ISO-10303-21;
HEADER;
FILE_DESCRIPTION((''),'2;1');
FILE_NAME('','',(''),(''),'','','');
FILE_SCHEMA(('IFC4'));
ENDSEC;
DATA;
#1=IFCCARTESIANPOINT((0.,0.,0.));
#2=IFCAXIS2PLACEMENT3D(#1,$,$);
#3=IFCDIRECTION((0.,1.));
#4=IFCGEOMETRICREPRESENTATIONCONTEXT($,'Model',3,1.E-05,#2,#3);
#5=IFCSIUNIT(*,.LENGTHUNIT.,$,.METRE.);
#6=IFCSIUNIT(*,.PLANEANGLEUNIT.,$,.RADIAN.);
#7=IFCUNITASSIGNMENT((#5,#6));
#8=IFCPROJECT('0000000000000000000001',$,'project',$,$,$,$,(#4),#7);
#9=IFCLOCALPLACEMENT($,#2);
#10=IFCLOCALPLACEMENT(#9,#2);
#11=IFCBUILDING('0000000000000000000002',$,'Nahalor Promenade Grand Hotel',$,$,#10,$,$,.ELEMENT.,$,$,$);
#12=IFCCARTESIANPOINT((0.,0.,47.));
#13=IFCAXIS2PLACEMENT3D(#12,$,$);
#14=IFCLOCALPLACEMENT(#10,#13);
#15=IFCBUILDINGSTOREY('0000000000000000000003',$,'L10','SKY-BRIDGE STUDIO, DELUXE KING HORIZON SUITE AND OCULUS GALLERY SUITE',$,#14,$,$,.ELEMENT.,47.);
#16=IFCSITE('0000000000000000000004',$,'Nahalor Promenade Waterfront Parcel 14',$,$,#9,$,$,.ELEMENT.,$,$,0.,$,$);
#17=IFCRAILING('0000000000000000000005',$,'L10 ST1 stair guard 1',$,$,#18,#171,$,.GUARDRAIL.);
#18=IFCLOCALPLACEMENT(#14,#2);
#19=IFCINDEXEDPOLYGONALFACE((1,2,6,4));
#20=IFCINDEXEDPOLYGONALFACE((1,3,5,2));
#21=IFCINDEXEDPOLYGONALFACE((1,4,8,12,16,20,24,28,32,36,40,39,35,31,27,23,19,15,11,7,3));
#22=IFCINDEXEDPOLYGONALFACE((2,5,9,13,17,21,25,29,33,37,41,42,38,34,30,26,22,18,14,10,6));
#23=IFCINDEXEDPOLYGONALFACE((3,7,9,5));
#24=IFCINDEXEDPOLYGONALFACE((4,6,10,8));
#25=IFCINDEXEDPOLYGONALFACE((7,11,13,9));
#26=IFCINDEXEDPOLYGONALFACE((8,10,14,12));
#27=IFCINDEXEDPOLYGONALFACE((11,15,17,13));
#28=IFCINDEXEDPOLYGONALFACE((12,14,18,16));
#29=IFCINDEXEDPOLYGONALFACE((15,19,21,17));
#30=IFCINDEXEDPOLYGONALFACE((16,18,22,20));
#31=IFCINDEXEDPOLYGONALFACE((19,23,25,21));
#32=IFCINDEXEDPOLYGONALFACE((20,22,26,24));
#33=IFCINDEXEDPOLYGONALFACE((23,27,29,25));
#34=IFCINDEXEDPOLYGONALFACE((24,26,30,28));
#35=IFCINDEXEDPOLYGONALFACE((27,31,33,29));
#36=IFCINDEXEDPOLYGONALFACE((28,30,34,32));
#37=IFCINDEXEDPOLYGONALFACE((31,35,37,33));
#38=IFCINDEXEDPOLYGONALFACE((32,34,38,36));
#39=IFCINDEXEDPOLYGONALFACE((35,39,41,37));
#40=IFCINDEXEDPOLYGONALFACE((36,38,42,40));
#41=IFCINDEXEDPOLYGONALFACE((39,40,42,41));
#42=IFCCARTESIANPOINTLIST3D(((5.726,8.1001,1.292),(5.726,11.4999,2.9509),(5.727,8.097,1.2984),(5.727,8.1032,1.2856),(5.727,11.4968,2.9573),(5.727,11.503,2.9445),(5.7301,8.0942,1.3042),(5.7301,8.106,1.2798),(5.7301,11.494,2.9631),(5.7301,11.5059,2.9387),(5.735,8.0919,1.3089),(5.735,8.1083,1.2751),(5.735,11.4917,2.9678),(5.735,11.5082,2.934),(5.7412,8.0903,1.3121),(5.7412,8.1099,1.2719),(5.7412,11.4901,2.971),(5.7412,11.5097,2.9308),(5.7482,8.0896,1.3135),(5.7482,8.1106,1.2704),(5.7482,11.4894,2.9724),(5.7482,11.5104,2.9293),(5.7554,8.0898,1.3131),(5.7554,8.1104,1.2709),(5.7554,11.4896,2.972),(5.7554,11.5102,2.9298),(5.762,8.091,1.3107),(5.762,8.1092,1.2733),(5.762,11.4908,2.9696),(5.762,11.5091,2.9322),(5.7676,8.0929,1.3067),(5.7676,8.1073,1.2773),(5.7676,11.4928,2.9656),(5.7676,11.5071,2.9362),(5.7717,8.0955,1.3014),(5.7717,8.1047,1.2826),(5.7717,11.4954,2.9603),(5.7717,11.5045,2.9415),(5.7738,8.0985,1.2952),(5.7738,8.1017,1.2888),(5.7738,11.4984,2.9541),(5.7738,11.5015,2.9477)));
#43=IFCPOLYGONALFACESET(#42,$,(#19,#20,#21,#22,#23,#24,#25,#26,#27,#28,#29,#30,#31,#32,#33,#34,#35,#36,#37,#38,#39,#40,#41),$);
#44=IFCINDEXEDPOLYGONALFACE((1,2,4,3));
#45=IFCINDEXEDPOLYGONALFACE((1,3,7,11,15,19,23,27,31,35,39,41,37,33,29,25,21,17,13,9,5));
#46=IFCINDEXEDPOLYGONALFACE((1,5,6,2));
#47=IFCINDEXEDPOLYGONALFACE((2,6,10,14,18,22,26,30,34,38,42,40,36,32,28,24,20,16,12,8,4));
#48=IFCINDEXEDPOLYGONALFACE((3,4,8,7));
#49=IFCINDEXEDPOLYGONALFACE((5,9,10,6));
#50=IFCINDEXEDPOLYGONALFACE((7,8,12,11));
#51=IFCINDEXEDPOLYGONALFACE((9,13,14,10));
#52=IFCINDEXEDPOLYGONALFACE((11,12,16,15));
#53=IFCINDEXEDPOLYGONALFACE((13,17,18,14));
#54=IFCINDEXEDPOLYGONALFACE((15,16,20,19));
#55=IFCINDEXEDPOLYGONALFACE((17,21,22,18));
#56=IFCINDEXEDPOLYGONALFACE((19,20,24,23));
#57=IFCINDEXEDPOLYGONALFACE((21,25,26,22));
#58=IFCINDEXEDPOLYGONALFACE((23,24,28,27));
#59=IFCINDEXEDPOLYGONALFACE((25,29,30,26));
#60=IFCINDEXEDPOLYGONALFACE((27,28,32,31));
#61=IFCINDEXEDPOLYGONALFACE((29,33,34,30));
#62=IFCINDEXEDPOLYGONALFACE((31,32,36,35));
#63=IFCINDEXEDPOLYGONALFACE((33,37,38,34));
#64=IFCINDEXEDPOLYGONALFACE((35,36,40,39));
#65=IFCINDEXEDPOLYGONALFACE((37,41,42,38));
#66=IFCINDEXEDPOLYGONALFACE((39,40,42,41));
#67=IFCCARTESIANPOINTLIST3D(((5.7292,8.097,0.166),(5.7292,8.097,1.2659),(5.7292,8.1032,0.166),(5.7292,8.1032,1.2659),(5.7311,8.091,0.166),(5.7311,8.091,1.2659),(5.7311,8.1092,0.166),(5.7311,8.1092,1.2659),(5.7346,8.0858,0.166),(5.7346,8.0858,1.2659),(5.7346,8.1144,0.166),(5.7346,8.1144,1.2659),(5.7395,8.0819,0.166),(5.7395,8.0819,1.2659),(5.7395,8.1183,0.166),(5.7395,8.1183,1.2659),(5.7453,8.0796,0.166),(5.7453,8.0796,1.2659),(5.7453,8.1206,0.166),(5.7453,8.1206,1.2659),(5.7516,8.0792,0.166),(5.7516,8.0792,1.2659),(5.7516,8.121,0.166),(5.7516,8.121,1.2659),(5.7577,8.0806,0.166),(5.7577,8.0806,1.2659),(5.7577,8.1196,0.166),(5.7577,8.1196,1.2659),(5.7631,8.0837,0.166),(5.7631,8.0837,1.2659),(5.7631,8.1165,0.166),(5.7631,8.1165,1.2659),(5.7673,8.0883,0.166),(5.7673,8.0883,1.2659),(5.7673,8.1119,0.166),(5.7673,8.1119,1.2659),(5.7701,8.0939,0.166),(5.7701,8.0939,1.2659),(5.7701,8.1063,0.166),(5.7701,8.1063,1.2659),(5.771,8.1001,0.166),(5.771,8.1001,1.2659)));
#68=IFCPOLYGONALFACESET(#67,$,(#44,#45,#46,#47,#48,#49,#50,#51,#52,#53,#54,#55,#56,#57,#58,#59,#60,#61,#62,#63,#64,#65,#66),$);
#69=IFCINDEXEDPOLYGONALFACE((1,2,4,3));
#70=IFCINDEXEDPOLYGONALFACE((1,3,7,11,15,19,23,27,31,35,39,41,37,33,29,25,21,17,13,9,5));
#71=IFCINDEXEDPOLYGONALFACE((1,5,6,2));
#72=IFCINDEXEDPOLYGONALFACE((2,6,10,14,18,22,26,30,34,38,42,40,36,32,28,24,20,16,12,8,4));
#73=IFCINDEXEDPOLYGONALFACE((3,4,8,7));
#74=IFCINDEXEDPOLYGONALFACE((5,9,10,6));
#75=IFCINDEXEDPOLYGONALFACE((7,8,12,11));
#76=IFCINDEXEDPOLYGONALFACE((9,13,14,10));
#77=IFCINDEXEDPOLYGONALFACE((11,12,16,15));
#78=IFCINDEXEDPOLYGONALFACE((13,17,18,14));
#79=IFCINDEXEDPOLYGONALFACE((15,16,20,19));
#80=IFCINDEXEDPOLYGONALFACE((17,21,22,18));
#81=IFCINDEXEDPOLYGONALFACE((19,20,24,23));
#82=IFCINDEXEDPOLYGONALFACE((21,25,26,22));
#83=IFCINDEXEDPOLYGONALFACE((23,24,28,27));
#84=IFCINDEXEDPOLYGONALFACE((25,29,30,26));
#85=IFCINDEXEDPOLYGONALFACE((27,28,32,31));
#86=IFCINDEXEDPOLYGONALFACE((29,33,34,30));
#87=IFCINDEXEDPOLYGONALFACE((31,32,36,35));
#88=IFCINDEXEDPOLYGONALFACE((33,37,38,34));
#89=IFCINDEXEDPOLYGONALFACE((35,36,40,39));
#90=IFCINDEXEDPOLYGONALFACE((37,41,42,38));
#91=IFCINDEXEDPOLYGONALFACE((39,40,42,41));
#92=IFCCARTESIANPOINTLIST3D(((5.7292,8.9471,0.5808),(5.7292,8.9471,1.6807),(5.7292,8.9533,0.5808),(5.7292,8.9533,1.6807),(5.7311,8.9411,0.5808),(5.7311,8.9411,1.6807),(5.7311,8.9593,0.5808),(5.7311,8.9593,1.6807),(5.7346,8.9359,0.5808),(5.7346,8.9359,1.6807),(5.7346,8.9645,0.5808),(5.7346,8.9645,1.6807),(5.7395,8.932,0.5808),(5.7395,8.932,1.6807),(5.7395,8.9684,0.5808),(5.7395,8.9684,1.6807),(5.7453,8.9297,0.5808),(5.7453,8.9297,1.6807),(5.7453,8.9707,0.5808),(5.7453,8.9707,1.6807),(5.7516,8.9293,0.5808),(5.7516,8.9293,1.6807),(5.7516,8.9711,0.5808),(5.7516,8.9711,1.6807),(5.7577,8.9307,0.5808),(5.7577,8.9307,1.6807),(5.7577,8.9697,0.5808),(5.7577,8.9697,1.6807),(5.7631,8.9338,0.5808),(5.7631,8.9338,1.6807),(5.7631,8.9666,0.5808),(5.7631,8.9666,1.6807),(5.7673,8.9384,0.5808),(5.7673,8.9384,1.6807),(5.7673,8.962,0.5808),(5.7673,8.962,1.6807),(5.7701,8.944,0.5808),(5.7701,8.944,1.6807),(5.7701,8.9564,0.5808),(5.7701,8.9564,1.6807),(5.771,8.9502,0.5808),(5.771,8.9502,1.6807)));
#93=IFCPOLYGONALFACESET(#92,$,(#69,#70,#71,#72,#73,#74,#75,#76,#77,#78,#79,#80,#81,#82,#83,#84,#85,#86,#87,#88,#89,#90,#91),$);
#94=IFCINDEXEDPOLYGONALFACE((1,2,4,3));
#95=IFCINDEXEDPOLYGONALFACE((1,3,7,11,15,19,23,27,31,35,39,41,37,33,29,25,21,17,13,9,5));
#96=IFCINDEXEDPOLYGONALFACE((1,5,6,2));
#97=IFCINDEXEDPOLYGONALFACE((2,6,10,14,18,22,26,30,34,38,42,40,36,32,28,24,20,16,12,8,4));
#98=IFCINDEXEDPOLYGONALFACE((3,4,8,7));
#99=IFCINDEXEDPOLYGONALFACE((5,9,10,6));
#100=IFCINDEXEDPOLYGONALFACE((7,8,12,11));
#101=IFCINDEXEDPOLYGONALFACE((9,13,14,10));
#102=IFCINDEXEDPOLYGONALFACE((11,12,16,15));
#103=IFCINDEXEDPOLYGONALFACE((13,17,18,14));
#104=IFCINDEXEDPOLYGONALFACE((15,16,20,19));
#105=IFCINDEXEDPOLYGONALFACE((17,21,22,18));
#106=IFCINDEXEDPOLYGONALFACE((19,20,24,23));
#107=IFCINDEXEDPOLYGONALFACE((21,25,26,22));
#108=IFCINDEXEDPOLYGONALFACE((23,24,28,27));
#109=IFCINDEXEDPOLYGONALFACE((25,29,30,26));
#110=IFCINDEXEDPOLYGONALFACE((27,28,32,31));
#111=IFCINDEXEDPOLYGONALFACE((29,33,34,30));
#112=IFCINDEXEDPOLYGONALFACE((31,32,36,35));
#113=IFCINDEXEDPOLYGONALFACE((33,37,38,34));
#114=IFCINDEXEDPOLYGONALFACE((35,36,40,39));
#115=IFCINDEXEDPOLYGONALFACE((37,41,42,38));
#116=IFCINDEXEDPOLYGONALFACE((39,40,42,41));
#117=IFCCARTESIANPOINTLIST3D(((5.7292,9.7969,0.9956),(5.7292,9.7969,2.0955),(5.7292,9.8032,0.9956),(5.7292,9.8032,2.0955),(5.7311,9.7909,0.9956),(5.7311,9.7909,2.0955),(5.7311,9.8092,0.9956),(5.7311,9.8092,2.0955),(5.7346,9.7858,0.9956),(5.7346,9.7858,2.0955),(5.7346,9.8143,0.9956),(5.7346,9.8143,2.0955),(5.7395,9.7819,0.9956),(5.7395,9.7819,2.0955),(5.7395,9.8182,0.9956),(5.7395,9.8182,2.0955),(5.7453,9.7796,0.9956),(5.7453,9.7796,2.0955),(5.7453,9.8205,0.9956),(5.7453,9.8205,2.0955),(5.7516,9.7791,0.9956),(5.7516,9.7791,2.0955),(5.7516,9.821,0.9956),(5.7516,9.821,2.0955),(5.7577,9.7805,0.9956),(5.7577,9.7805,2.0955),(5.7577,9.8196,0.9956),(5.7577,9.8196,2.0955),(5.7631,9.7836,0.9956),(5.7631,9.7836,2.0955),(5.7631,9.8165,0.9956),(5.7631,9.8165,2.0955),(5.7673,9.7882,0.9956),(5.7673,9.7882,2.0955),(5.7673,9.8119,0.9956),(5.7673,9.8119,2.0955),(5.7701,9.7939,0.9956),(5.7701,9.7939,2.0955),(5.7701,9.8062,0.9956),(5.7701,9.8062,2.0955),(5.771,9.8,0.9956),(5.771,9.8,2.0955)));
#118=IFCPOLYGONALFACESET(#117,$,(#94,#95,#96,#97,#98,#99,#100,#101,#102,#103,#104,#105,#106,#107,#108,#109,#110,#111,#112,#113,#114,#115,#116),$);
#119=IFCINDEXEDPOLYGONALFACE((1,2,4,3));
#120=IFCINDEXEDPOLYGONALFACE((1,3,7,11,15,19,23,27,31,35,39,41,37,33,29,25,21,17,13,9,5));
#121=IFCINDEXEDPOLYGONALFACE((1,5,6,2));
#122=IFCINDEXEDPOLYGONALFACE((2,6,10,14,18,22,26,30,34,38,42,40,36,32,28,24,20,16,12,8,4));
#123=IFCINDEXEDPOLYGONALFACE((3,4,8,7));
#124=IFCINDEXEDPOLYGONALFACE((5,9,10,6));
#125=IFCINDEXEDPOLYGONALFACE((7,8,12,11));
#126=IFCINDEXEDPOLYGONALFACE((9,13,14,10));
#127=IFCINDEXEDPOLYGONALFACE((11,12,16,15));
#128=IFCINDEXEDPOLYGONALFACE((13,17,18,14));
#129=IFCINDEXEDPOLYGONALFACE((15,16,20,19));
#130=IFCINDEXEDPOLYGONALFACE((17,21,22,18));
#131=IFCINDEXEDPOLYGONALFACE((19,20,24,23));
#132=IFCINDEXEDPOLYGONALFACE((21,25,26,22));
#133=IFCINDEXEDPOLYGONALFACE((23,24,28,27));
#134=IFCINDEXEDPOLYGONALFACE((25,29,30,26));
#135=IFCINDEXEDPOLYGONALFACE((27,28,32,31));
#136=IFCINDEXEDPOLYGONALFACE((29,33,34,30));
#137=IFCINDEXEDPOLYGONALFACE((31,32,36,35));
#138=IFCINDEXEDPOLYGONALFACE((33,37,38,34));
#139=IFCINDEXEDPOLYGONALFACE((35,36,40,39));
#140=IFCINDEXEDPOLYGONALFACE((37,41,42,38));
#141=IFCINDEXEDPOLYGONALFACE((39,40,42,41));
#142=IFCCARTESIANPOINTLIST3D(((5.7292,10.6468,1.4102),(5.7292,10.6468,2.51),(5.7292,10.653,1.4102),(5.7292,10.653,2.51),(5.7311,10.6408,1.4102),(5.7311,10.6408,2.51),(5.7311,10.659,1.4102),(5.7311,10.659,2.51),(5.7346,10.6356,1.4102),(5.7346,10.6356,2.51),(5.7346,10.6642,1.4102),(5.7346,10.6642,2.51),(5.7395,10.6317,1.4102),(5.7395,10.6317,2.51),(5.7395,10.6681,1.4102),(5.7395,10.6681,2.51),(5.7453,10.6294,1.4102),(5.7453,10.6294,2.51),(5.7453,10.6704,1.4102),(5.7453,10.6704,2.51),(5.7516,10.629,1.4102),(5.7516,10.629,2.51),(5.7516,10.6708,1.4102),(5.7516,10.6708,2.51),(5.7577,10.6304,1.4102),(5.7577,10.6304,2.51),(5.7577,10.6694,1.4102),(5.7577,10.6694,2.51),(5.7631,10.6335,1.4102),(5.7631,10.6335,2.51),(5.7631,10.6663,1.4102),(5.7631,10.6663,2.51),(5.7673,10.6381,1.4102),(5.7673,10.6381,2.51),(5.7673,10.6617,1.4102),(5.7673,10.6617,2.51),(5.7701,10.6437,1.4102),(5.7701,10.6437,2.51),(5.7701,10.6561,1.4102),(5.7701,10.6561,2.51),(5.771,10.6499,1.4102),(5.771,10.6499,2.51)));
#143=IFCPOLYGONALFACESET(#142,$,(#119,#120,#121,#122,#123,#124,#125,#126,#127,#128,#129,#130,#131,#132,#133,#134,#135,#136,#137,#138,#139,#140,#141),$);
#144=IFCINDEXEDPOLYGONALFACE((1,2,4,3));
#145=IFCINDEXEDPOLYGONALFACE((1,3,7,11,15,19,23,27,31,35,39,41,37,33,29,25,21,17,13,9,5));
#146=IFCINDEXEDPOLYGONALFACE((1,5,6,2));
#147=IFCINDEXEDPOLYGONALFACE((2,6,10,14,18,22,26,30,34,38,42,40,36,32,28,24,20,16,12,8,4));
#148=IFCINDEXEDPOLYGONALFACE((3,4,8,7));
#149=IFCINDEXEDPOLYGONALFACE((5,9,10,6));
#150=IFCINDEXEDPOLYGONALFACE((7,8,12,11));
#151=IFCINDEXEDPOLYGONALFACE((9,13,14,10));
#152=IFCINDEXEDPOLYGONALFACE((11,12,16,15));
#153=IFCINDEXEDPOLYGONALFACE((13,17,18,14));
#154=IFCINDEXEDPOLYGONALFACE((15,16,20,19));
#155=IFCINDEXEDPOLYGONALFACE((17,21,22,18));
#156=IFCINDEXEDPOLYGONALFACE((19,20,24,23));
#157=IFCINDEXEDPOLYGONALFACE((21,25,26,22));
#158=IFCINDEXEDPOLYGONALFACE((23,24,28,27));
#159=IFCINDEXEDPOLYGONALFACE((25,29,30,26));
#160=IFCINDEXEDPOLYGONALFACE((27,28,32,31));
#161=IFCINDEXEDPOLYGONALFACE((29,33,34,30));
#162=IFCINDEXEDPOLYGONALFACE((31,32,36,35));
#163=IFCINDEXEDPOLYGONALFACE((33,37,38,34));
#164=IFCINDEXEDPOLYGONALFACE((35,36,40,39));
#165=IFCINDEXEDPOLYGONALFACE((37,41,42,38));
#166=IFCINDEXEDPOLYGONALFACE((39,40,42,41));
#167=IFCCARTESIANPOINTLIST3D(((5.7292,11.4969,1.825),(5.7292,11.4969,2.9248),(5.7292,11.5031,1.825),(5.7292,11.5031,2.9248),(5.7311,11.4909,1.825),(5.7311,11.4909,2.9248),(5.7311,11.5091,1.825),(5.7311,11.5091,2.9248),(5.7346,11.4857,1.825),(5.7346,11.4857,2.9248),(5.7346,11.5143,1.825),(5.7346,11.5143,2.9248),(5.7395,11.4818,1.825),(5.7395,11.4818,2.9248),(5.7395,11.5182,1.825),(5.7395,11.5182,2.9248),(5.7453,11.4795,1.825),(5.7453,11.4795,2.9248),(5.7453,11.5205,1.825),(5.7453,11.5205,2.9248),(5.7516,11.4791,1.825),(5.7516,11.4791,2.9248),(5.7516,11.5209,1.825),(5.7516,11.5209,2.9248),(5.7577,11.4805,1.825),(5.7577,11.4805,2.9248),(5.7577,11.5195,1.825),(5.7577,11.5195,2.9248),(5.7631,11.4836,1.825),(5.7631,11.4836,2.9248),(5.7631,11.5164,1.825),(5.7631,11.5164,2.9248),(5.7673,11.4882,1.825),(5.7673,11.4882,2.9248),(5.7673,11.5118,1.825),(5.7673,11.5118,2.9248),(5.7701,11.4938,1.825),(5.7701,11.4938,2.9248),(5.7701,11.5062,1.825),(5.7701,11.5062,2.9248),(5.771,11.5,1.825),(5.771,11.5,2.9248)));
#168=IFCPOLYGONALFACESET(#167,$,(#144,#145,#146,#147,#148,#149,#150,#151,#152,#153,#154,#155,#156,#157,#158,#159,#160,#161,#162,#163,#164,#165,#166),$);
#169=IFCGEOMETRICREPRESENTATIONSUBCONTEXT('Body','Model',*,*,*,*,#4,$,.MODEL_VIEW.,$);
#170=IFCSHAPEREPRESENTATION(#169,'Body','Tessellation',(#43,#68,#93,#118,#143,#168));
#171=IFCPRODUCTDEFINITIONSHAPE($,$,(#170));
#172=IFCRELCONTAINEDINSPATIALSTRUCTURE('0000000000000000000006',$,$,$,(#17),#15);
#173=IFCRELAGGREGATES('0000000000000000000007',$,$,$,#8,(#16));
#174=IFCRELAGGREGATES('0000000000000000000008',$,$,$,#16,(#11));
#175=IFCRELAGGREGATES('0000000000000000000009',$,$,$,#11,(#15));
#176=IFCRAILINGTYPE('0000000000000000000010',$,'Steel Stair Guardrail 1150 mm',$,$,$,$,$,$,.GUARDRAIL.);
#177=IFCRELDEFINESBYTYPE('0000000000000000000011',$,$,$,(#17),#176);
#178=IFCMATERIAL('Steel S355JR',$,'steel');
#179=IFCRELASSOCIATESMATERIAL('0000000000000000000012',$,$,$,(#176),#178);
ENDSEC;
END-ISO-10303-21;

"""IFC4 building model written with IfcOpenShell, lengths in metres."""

from ifc_helpers import new_model, si_unit, direction, frame, origin, origin_2d, place, context, subcontext, project, spatial, circle, extrude, material, type_object, element, save


model = new_model("IFC4")

# Units and contexts
model_context = context("Model", 3, precision=1e-05, world=origin(), true_north=direction((0.0, 1.0)))
body_context = subcontext(model_context, "Body", "Model", "MODEL_VIEW")
ifc_project = project(units=[si_unit("LENGTHUNIT", "METRE"), si_unit("PLANEANGLEUNIT", "RADIAN")], contexts=[model_context])

# Site, building, storey
site_placement = place(None, origin())
site = spatial("IfcSite", under=ifc_project, at=site_placement, Name="Nahalor Promenade Waterfront Parcel 14", CompositionType="ELEMENT", RefElevation=0.0)
building_placement = place(site_placement, origin())
building = spatial("IfcBuilding", under=site, at=building_placement, Name="Nahalor Promenade Grand Hotel", CompositionType="ELEMENT")
storey_placement = place(building_placement, frame((0.0, 0.0, 47.0)))
storey = spatial("IfcBuildingStorey", under=building, at=storey_placement, Name="L10", Description="SKY-BRIDGE STUDIO, DELUXE KING HORIZON SUITE AND OCULUS GALLERY SUITE", CompositionType="ELEMENT", Elevation=47.0)

# Shared definitions
ifc_material_1 = material(Name="Steel S355JR", Category="steel")

# Railing
railing_type_1 = type_object("IfcRailingType", Name="Steel Stair Guardrail 1150 mm", PredefinedType="GUARDRAIL", material=ifc_material_1)
railing_1_placement = place(storey_placement, frame((5.75, 8.1001, 0.166)))
element("IfcRailing", 1, at=railing_1_placement, inside=storey, type_object=railing_type_1, Name="L10 ST1 stair guard 1", PredefinedType="GUARDRAIL", context=body_context, shape_type="SweptSolid", body=[
    extrude(circle(Radius=0.024, at=origin_2d()), frame((0.0, 0.0, 1.126), z_axis=(0.0, 0.898722, 0.438519), x_axis=(-1.0, 0.0, 0.0)), (0.0, 0.0, 1.0), 3.783),
    extrude(circle(Radius=0.021, at=origin_2d()), origin(), (0.0, 0.0, 1.0), 1.0999),
    extrude(circle(Radius=0.021, at=origin_2d()), frame((0.0, 0.8501, 0.4148)), (0.0, 0.0, 1.0), 1.0999),
    extrude(circle(Radius=0.021, at=origin_2d()), frame((0.0, 1.7, 0.8296)), (0.0, 0.0, 1.0), 1.0999),
    extrude(circle(Radius=0.021, at=origin_2d()), frame((0.0, 2.5498, 1.2441)), (0.0, 0.0, 1.0), 1.0999),
    extrude(circle(Radius=0.021, at=origin_2d()), frame((0.0, 3.3999, 1.6589)), (0.0, 0.0, 1.0), 1.0999),
])

save(model, "model.ifc")
